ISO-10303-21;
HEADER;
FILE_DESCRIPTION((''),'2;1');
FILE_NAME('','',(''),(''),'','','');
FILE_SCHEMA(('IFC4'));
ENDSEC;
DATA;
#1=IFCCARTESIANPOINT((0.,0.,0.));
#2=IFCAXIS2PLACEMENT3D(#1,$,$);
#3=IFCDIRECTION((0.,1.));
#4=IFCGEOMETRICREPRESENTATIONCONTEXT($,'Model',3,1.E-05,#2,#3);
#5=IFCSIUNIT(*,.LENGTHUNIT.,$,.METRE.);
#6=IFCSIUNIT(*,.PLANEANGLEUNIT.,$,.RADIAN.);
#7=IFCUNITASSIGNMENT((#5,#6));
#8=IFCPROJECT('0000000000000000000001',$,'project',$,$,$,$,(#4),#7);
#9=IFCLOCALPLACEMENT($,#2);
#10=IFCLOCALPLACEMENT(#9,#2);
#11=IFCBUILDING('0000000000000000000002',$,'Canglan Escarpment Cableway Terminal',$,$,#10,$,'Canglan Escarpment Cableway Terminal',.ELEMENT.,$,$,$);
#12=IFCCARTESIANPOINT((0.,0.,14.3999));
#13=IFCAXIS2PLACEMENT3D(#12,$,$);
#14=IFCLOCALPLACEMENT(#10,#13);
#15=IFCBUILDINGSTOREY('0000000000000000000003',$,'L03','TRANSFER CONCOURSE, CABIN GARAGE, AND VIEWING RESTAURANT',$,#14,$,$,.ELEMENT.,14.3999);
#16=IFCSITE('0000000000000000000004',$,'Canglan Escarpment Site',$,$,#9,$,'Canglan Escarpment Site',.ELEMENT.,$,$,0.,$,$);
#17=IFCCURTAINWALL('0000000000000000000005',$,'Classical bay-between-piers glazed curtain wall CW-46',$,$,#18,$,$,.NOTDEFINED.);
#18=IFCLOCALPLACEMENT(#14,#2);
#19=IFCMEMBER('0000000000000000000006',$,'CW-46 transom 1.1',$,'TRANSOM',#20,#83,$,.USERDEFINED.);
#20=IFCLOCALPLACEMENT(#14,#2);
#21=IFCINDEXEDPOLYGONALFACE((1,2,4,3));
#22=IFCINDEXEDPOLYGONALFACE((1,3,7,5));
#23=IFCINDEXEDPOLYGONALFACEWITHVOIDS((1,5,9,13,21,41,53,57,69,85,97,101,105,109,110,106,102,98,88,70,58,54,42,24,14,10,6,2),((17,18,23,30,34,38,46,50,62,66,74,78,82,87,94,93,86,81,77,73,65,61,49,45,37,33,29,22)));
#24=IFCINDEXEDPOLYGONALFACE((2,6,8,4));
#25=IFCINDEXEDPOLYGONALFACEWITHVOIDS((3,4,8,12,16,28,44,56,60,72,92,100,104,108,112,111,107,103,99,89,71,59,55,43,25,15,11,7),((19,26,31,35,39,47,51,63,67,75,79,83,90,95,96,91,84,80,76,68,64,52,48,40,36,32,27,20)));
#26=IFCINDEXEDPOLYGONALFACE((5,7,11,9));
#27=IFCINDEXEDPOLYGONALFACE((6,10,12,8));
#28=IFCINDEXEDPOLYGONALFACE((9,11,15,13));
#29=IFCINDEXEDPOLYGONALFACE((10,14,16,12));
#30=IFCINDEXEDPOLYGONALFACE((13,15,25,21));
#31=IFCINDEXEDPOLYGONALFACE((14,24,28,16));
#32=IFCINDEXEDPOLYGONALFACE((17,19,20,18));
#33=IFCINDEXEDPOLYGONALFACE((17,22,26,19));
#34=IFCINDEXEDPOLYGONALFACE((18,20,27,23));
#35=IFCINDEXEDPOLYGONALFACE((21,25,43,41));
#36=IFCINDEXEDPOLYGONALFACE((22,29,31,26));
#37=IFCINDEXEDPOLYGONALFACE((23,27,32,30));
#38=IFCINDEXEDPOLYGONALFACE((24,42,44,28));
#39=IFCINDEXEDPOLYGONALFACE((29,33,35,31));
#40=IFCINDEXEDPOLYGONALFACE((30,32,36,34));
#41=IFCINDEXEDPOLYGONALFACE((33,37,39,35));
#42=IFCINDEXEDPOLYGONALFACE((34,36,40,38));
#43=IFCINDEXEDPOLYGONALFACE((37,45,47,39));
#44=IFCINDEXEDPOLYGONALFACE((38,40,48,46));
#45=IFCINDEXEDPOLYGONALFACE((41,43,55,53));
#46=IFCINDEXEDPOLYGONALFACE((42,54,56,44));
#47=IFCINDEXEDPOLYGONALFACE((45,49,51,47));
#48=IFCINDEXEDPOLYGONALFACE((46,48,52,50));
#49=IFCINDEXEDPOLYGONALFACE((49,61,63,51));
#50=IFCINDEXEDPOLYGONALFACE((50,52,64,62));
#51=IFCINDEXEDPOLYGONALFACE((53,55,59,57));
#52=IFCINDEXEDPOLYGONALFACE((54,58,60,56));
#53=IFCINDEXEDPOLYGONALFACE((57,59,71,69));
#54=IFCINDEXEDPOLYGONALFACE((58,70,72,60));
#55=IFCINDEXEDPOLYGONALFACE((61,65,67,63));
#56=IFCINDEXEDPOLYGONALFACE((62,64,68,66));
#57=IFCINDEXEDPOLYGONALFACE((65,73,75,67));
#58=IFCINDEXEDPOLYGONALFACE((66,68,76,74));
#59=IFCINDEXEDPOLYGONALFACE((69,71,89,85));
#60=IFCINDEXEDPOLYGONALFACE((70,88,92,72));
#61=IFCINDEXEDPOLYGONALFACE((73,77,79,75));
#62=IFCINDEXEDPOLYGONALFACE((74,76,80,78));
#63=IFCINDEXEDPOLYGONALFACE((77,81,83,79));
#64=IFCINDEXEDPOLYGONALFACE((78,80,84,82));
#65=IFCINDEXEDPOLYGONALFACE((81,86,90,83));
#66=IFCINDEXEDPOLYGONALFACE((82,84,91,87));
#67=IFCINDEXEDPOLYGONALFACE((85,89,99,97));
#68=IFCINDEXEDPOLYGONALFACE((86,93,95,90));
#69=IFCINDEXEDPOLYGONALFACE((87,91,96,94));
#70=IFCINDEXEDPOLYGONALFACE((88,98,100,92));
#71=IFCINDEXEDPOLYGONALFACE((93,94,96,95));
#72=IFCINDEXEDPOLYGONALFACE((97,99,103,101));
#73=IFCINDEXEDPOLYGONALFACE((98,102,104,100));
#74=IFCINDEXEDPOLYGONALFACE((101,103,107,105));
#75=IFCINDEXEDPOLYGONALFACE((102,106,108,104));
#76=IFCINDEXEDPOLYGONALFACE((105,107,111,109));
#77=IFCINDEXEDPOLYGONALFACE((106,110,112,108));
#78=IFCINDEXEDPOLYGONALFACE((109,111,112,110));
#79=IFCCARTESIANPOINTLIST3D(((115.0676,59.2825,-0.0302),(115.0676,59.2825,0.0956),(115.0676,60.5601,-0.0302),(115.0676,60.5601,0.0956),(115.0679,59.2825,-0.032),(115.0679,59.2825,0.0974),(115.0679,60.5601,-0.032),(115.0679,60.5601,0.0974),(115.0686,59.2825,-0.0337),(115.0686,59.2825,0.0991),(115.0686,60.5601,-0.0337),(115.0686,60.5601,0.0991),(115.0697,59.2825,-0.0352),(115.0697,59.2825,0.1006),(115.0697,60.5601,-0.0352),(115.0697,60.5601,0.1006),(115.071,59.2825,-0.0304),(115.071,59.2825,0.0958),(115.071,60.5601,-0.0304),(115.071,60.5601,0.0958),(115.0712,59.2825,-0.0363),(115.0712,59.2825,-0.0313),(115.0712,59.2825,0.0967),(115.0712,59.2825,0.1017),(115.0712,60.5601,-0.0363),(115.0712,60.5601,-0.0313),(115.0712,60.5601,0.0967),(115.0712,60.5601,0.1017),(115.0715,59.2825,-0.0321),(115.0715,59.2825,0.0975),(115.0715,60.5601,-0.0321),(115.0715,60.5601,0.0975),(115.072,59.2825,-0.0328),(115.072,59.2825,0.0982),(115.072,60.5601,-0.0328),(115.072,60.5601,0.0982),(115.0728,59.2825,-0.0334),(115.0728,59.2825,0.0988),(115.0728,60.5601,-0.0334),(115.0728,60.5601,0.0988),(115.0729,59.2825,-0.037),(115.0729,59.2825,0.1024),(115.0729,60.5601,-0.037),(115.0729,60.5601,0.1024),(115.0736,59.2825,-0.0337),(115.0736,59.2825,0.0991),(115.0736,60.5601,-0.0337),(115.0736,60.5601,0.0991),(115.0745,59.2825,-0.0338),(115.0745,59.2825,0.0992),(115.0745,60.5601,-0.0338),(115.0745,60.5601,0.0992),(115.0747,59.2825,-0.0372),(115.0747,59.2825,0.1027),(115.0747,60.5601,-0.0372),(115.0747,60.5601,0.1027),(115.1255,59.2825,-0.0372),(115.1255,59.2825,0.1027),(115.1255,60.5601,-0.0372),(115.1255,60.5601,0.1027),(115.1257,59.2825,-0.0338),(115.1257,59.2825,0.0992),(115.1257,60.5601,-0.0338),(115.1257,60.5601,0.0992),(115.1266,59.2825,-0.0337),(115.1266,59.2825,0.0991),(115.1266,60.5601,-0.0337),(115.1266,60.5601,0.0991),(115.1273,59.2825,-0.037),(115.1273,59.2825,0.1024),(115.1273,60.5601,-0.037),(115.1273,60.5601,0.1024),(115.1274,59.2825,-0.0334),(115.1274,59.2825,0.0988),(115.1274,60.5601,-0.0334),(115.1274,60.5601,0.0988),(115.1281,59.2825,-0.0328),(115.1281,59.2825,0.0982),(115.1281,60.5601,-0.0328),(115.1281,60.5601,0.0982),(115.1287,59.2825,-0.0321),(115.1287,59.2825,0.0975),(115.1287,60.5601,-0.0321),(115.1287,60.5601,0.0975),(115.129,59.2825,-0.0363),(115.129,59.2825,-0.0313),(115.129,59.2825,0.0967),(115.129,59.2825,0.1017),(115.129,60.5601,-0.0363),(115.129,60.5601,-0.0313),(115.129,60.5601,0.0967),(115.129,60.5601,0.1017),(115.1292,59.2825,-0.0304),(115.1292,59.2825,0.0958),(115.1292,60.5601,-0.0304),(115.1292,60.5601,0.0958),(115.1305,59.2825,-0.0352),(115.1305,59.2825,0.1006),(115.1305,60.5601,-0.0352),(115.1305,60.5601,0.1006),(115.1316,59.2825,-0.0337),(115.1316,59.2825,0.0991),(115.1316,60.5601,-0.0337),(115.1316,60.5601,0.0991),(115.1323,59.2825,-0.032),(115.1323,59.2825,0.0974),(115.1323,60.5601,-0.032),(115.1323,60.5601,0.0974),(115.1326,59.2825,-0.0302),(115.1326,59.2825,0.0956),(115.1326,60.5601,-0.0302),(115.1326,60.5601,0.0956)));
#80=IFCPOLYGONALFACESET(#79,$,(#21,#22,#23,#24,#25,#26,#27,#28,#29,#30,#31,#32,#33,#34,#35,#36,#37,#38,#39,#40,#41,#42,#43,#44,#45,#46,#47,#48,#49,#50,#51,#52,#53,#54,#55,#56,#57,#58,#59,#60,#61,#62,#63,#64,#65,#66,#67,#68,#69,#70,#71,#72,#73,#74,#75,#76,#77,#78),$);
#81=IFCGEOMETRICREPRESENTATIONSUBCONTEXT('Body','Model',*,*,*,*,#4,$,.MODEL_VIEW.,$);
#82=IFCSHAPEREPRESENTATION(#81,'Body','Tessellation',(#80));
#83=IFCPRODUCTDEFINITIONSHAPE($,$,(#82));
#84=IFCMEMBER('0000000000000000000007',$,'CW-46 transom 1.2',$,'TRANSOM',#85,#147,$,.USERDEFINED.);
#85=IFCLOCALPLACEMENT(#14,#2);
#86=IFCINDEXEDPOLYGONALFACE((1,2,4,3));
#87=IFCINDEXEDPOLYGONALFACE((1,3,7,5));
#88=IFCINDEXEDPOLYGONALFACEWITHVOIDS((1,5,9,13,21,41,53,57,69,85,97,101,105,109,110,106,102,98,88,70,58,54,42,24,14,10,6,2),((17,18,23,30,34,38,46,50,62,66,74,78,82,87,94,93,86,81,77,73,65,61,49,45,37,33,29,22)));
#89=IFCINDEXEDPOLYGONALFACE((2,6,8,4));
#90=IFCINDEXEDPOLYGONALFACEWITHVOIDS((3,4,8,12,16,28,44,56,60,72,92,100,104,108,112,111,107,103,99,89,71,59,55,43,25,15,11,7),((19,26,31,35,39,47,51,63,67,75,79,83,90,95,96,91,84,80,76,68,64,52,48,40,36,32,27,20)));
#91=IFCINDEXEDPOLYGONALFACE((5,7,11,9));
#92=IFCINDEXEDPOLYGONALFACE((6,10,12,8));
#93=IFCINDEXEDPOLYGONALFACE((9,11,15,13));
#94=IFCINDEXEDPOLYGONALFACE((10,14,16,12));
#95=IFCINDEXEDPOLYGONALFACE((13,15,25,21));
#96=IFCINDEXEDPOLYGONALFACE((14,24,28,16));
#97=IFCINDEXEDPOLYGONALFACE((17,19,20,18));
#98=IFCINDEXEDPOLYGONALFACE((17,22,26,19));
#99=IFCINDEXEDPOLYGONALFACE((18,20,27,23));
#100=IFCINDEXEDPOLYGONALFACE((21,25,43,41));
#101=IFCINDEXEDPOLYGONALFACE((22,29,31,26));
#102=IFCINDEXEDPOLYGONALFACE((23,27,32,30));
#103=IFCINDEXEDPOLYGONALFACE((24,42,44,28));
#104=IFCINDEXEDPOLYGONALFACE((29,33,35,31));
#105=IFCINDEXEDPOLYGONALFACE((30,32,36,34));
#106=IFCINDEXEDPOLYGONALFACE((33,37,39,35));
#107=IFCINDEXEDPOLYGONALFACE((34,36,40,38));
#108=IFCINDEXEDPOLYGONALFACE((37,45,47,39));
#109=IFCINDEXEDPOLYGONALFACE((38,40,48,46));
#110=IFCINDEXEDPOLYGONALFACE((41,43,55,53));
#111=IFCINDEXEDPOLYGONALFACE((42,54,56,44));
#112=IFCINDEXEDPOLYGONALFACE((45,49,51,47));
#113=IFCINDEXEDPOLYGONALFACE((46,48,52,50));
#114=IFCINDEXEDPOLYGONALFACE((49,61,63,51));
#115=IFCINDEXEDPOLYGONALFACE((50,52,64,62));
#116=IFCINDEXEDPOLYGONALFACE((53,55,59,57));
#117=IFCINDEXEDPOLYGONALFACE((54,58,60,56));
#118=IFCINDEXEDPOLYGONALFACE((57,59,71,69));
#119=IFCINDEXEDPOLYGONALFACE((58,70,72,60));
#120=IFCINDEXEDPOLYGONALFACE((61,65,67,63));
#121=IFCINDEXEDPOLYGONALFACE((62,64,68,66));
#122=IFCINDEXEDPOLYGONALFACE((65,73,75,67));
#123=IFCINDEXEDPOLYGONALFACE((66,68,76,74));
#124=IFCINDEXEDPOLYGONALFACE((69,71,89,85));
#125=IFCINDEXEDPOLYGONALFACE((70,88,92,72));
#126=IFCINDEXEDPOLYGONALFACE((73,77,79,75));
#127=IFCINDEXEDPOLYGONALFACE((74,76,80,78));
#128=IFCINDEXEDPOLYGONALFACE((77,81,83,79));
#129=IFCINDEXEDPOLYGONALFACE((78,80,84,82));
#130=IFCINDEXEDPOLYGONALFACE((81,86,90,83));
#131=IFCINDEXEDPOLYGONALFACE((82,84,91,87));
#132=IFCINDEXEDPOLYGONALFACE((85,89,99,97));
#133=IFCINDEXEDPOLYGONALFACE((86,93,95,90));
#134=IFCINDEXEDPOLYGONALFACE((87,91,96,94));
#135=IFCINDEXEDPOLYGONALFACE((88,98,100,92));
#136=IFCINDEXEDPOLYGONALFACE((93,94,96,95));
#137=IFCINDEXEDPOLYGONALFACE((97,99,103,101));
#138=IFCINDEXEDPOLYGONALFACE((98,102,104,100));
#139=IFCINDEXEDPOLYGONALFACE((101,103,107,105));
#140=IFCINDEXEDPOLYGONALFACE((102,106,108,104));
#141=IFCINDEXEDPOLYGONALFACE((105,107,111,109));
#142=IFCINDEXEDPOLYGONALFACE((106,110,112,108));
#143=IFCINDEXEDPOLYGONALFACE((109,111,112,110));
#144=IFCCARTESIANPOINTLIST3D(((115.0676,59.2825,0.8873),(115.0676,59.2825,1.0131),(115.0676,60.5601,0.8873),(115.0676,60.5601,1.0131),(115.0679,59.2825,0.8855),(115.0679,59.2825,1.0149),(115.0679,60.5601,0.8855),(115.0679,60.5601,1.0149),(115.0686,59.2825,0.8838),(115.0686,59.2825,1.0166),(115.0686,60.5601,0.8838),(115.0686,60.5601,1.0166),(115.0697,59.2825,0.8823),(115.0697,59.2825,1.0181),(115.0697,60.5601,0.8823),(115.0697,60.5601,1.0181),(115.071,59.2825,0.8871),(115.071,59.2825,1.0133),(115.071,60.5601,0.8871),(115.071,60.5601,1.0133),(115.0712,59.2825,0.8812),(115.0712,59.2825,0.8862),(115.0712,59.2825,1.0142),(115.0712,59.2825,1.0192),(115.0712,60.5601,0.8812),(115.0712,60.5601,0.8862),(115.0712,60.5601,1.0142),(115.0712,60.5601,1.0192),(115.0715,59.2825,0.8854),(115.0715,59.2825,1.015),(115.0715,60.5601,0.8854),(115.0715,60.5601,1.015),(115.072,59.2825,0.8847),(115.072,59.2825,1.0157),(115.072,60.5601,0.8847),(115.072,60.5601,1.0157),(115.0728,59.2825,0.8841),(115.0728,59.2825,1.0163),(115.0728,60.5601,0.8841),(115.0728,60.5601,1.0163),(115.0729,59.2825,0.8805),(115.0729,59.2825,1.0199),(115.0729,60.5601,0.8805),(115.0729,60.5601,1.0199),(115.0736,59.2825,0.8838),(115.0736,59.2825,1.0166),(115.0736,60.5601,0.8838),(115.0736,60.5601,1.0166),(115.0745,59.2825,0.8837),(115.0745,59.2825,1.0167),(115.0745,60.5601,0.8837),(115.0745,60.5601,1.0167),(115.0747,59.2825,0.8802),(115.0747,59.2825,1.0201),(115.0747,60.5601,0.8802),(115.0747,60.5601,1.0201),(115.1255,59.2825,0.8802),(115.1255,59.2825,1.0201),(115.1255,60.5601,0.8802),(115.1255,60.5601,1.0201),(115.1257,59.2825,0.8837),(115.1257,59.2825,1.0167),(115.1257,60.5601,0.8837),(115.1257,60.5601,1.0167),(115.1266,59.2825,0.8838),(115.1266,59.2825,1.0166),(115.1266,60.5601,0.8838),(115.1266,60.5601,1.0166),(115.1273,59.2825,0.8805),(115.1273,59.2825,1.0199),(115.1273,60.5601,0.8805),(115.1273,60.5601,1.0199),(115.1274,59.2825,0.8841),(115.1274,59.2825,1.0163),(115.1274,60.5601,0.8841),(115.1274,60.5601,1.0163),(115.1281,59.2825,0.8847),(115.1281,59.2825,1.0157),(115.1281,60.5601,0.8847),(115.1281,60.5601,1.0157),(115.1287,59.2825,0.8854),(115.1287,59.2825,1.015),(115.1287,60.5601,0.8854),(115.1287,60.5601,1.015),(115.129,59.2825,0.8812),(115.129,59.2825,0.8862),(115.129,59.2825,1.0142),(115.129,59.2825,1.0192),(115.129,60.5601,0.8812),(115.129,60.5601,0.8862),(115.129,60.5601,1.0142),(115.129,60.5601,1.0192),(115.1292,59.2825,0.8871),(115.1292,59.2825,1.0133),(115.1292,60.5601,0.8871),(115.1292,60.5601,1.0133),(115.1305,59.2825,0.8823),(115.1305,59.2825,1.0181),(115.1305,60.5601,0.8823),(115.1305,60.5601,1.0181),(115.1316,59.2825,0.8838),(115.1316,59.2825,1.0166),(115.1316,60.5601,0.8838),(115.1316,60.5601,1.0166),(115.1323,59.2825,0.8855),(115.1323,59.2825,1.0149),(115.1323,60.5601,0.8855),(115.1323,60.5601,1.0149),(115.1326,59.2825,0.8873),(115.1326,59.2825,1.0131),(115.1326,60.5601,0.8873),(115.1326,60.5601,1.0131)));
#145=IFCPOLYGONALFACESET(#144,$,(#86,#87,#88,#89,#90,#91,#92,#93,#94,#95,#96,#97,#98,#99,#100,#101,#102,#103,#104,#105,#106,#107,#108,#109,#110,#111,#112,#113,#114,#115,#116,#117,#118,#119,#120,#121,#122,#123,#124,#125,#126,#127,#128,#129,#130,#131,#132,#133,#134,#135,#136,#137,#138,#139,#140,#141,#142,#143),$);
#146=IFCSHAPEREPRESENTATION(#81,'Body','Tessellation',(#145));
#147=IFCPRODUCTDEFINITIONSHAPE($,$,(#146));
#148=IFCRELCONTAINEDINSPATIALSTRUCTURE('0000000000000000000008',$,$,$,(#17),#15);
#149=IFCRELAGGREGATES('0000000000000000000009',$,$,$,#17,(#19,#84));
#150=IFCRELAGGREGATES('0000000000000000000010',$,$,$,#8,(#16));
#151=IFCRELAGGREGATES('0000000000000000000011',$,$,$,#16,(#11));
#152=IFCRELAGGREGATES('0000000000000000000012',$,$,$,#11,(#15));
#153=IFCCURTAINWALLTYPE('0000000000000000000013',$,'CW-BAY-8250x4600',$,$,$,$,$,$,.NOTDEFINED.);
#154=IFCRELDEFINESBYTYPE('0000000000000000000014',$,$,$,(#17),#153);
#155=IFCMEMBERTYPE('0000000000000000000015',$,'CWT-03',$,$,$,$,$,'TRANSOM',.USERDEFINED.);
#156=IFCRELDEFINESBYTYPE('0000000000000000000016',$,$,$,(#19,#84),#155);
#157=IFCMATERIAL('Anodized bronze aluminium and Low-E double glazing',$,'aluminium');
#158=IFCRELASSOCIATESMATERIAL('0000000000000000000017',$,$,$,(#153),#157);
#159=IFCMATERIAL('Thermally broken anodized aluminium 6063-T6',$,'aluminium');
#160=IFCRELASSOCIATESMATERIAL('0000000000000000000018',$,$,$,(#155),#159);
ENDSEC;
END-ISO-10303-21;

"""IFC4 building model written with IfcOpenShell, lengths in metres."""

from ifc_helpers import new_model, si_unit, direction, frame, origin, origin_2d, place, context, subcontext, project, spatial, hollow_rectangle, extrude, material, material_profile, profile_set, type_object, element, aggregate, save


model = new_model("IFC4")

# Units and contexts
model_context = context("Model", 3, precision=1e-05, world=origin(), true_north=direction((0.0, 1.0)))
body_context = subcontext(model_context, "Body", "Model", "MODEL_VIEW")
ifc_project = project(units=[si_unit("LENGTHUNIT", "METRE"), si_unit("PLANEANGLEUNIT", "RADIAN")], contexts=[model_context])

# Site, building, storey
site_placement = place(None, origin())
site = spatial("IfcSite", under=ifc_project, at=site_placement, Name="Canglan Escarpment Site", LongName="Canglan Escarpment Site", CompositionType="ELEMENT", RefElevation=0.0)
building_placement = place(site_placement, origin())
building = spatial("IfcBuilding", under=site, at=building_placement, Name="Canglan Escarpment Cableway Terminal", LongName="Canglan Escarpment Cableway Terminal", CompositionType="ELEMENT")
storey_placement = place(building_placement, frame((0.0, 0.0, 14.3999)))
storey = spatial("IfcBuildingStorey", under=building, at=storey_placement, Name="L03", Description="TRANSFER CONCOURSE, CABIN GARAGE, AND VIEWING RESTAURANT", CompositionType="ELEMENT", Elevation=14.3999)

# Curtain wall, members
ifc_material_1 = material(Name="Anodized bronze aluminium and Low-E double glazing", Category="aluminium")
curtain_wall_type = type_object("IfcCurtainWallType", Name="CW-BAY-8250x4600", PredefinedType="NOTDEFINED", material=ifc_material_1)
curtain_wall_placement = place(storey_placement, origin())
curtain_wall = element("IfcCurtainWall", 1, at=curtain_wall_placement, inside=storey, type_object=curtain_wall_type, Name="Classical bay-between-piers glazed curtain wall CW-46", PredefinedType="NOTDEFINED")
ifc_material_2 = material(Name="Thermally broken anodized aluminium 6063-T6", Category="aluminium")
ifc_material_profile_1 = material_profile(ifc_material_2, hollow_rectangle(XDim=0.0649, YDim=0.1399, WallThickness=0.0034, InnerFilletRadius=0.0034, OuterFilletRadius=0.0071, at=origin_2d()), Name="ALU-TRAN 65x140x3.5")
ifc_profile_set_1 = profile_set([ifc_material_profile_1], Name="Thermally broken anodized aluminium 6063-T6")
member_type_1 = type_object("IfcMemberType", Name="CWT-03", ElementType="TRANSOM", PredefinedType="USERDEFINED", material=ifc_profile_set_1)
member_1_placement = place(storey_placement, frame((115.1001, 60.5601, 0.0327), z_axis=(0.0, -1.0, 0.0), x_axis=(1.0, 0.0, 0.0)))
member_1 = element("IfcMember", 2, at=member_1_placement, type_object=member_type_1, Name="CW-46 transom 1.1", ObjectType="TRANSOM", PredefinedType="USERDEFINED", context=body_context, shape_type="SweptSolid", body=[
    extrude(hollow_rectangle(XDim=0.0649, YDim=0.1399, WallThickness=0.0034, InnerFilletRadius=0.0034, OuterFilletRadius=0.0071, at=origin_2d()), origin(), (0.0, 0.0, 1.0), 1.2776),
])
member_2_placement = place(storey_placement, frame((115.1001, 60.5601, 0.9502), z_axis=(0.0, -1.0, 0.0), x_axis=(1.0, 0.0, 0.0)))
member_2 = element("IfcMember", 3, at=member_2_placement, type_object=member_type_1, Name="CW-46 transom 1.2", ObjectType="TRANSOM", PredefinedType="USERDEFINED", context=body_context, shape_type="SweptSolid", body=[
    extrude(hollow_rectangle(XDim=0.0649, YDim=0.1399, WallThickness=0.0034, InnerFilletRadius=0.0034, OuterFilletRadius=0.0071, at=origin_2d()), origin(), (0.0, 0.0, 1.0), 1.2776),
])
aggregate(curtain_wall, [member_1, member_2])

save(model, "model.ifc")
